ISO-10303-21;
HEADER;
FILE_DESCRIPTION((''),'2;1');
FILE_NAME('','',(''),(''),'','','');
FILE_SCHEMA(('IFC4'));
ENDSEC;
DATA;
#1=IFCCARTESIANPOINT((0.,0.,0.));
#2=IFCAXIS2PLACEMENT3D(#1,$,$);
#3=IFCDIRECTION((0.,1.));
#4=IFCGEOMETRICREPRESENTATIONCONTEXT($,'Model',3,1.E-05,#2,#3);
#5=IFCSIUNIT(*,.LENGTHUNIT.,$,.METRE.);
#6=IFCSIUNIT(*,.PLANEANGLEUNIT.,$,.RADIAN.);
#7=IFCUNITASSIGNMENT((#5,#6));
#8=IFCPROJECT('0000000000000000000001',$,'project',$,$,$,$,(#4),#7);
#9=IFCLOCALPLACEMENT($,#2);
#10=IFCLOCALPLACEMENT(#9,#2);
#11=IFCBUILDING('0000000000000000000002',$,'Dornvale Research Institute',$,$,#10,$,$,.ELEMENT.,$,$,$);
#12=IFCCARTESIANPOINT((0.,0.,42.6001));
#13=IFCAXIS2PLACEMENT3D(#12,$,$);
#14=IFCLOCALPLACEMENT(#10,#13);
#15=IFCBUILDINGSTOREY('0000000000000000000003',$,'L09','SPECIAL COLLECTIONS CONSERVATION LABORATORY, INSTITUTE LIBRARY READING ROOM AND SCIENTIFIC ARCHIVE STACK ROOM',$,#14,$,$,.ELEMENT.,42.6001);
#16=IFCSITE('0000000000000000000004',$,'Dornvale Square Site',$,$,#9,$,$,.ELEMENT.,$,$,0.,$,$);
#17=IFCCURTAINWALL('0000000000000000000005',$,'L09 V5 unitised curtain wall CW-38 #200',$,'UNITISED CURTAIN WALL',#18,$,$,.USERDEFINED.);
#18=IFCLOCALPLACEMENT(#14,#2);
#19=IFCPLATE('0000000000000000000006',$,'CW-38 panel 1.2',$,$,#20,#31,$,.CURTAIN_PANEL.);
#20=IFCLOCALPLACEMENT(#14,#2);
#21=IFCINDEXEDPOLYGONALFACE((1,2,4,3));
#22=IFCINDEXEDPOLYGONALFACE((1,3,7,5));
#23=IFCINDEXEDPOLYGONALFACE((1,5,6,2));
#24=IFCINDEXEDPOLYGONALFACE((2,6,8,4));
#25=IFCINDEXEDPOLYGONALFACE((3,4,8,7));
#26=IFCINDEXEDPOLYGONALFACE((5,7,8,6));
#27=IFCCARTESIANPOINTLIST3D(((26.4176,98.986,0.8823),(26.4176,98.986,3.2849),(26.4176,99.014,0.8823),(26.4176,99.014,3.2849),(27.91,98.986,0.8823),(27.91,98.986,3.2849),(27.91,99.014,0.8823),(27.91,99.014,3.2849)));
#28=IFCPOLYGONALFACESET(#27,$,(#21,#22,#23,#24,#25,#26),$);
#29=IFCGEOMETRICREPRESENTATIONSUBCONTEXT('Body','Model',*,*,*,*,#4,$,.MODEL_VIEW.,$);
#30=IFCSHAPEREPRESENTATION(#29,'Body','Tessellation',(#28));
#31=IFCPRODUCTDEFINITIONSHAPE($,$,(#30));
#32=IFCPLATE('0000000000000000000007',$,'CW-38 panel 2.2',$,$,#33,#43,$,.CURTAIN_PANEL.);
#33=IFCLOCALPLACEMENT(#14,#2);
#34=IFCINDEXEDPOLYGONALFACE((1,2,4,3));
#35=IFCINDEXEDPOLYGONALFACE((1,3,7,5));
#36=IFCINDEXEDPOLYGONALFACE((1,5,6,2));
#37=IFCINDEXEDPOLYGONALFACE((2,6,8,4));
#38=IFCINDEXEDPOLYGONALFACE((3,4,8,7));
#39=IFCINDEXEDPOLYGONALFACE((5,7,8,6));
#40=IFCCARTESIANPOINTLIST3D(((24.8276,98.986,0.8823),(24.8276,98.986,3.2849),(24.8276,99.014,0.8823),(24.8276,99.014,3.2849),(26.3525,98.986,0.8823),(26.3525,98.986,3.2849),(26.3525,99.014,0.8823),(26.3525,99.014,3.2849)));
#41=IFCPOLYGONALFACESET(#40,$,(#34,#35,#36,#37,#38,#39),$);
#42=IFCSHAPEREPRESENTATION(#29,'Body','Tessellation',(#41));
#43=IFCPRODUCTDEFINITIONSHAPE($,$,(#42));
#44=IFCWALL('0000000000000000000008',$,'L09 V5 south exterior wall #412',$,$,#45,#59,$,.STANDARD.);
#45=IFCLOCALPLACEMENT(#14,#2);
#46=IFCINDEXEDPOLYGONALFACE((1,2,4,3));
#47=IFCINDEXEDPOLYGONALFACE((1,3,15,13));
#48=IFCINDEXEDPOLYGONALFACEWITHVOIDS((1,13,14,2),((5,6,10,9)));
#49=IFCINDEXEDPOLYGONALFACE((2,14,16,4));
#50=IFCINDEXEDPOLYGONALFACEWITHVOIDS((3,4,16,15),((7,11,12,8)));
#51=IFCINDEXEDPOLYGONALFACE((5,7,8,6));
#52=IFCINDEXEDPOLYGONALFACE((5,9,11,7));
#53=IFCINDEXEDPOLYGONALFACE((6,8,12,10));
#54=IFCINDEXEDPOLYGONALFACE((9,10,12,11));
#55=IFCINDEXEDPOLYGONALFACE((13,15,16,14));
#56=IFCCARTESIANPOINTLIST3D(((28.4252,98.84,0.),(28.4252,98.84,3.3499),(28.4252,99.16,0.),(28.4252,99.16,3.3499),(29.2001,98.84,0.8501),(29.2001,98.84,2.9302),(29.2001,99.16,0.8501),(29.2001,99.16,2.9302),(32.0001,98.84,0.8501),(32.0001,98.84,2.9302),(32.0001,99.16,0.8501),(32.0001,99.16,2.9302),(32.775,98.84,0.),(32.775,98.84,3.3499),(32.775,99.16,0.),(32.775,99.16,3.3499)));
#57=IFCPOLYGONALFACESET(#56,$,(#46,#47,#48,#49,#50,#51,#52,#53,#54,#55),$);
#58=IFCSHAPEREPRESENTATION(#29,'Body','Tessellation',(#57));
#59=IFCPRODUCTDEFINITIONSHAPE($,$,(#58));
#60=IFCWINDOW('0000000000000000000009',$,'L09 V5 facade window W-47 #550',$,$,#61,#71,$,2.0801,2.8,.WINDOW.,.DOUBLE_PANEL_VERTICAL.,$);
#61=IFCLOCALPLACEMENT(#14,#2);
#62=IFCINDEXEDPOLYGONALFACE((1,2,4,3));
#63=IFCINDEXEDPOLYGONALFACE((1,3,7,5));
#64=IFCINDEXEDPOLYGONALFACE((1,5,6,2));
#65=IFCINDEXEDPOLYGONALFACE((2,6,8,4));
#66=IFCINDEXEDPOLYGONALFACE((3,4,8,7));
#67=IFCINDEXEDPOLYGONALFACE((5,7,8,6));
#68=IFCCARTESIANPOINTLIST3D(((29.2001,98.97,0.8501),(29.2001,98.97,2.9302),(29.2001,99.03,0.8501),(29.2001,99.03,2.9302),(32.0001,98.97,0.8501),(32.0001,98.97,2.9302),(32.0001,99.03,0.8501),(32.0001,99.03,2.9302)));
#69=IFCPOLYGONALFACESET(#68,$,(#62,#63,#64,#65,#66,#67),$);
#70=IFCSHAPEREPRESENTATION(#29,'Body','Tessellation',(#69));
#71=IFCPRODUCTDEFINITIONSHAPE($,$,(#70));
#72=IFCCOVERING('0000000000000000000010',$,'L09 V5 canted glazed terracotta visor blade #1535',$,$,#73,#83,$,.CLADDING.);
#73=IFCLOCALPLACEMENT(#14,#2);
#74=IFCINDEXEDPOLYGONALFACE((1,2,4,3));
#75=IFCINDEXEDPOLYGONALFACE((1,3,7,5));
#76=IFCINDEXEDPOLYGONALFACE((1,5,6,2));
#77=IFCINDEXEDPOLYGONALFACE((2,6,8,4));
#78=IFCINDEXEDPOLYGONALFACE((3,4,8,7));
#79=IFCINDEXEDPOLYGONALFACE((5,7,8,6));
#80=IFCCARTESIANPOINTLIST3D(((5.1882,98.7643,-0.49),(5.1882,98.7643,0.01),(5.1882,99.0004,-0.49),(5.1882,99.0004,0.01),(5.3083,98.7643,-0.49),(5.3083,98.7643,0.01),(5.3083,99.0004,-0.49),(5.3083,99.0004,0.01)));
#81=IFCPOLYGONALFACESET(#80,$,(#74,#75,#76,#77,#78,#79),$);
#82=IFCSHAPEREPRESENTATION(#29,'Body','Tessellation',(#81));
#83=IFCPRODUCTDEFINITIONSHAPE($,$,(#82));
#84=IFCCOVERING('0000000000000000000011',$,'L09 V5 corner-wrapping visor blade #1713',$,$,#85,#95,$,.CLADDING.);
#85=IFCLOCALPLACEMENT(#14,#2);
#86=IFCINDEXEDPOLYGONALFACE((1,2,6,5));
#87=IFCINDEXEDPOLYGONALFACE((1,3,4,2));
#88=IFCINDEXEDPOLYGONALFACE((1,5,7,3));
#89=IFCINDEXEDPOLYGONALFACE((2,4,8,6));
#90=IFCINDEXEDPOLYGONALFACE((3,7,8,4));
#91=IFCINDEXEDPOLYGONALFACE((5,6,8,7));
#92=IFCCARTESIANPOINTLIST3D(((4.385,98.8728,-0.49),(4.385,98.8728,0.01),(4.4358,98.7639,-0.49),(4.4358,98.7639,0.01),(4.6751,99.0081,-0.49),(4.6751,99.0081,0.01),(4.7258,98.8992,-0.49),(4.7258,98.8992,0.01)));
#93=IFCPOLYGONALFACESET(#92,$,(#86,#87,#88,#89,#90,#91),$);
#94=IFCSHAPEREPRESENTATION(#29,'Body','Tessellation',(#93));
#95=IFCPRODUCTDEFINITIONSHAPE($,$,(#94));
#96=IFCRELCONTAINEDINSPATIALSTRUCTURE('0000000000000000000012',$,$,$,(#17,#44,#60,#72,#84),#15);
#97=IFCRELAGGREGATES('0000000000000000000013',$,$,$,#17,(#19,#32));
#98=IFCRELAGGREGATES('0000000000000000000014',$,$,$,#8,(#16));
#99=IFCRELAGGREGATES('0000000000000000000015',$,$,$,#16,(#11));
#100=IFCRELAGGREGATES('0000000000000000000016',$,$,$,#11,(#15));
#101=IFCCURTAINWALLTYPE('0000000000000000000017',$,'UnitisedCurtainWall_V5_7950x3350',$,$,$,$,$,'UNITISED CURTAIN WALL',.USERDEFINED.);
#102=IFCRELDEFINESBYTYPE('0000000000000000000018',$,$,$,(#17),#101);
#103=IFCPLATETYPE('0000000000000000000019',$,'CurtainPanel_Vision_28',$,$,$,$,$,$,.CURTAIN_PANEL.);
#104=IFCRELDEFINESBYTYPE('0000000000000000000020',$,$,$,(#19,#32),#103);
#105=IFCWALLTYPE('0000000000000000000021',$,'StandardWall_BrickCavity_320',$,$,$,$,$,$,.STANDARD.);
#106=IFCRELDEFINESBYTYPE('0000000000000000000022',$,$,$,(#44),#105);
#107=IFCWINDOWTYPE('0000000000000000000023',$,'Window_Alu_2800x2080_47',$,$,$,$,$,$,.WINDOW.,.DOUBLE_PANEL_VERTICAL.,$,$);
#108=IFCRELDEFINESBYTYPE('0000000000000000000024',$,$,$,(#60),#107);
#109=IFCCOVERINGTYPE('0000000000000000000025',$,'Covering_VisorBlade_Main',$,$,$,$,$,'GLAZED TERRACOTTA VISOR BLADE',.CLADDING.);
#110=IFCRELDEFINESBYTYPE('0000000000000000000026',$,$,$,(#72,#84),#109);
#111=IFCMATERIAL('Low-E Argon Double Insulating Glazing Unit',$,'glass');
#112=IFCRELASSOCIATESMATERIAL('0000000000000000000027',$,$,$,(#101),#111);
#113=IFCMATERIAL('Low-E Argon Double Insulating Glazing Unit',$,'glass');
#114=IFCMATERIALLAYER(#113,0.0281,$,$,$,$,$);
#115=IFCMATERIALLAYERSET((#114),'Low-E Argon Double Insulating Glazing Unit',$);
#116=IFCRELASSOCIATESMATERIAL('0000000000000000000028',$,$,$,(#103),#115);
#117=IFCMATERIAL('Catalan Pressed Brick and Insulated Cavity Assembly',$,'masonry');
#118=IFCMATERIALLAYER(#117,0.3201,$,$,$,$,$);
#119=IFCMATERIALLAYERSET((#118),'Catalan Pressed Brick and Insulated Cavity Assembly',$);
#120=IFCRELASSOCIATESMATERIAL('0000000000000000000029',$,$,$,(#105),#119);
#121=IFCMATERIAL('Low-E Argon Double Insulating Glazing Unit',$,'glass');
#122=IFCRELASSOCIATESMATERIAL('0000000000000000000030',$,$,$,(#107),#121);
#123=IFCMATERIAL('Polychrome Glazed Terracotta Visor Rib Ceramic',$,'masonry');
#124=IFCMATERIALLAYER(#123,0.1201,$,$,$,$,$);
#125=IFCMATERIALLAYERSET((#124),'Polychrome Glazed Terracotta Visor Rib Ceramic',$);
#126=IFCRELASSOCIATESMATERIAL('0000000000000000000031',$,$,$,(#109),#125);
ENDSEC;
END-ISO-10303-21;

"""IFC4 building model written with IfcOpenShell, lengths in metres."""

from ifc_helpers import new_model, si_unit, direction, frame, frame_2d, origin, origin_2d, place, context, subcontext, project, spatial, rectangle, extrude, material, layer, layer_set, type_object, element, fill, aggregate, save


model = new_model("IFC4")

# Units and contexts
model_context = context("Model", 3, precision=1e-05, world=origin(), true_north=direction((0.0, 1.0)))
body_context = subcontext(model_context, "Body", "Model", "MODEL_VIEW")
ifc_project = project(units=[si_unit("LENGTHUNIT", "METRE"), si_unit("PLANEANGLEUNIT", "RADIAN")], contexts=[model_context])

# Site, building, storey
site_placement = place(None, origin())
site = spatial("IfcSite", under=ifc_project, at=site_placement, Name="Dornvale Square Site", CompositionType="ELEMENT", RefElevation=0.0)
building_placement = place(site_placement, origin())
building = spatial("IfcBuilding", under=site, at=building_placement, Name="Dornvale Research Institute", CompositionType="ELEMENT")
storey_placement = place(building_placement, frame((0.0, 0.0, 42.6001)))
storey = spatial("IfcBuildingStorey", under=building, at=storey_placement, Name="L09", Description="SPECIAL COLLECTIONS CONSERVATION LABORATORY, INSTITUTE LIBRARY READING ROOM AND SCIENTIFIC ARCHIVE STACK ROOM", CompositionType="ELEMENT", Elevation=42.6001)

# Curtain wall
ifc_material_1 = material(Name="Low-E Argon Double Insulating Glazing Unit", Category="glass")
curtain_wall_type = type_object("IfcCurtainWallType", Name="UnitisedCurtainWall_V5_7950x3350", ElementType="UNITISED CURTAIN WALL", PredefinedType="USERDEFINED", material=ifc_material_1)
curtain_wall_placement = place(storey_placement, origin())
curtain_wall = element("IfcCurtainWall", 1, at=curtain_wall_placement, inside=storey, type_object=curtain_wall_type, Name="L09 V5 unitised curtain wall CW-38 #200", ObjectType="UNITISED CURTAIN WALL", PredefinedType="USERDEFINED")

# Plates
ifc_material_2 = material(Name="Low-E Argon Double Insulating Glazing Unit", Category="glass")
ifc_layer_1 = layer(ifc_material_2, 0.0281)
ifc_layer_set_1 = layer_set([ifc_layer_1], Name="Low-E Argon Double Insulating Glazing Unit")
plate_type_1 = type_object("IfcPlateType", Name="CurtainPanel_Vision_28", PredefinedType="CURTAIN_PANEL", material=ifc_layer_set_1)
plate_1_placement = place(storey_placement, frame((27.1638, 99.0, 0.8823), z_axis=(0.0, 0.0, 1.0), x_axis=(-1.0, 0.0, 0.0)))
plate_1 = element("IfcPlate", 2, at=plate_1_placement, type_object=plate_type_1, Name="CW-38 panel 1.2", PredefinedType="CURTAIN_PANEL", context=body_context, shape_type="SweptSolid", body=[
    extrude(rectangle(XDim=1.4924, YDim=0.0281, at=origin_2d()), origin(), (0.0, 0.0, 1.0), 2.4026),
])
plate_2_placement = place(storey_placement, frame((25.5901, 99.0, 0.8823), z_axis=(0.0, 0.0, 1.0), x_axis=(-1.0, 0.0, 0.0)))
plate_2 = element("IfcPlate", 3, at=plate_2_placement, type_object=plate_type_1, Name="CW-38 panel 2.2", PredefinedType="CURTAIN_PANEL", context=body_context, shape_type="SweptSolid", body=[
    extrude(rectangle(XDim=1.5249, YDim=0.0281, at=origin_2d()), origin(), (0.0, 0.0, 1.0), 2.4026),
])
aggregate(curtain_wall, [plate_1, plate_2])

# Wall, opening, window
ifc_material_3 = material(Name="Catalan Pressed Brick and Insulated Cavity Assembly", Category="masonry")
ifc_layer_2 = layer(ifc_material_3, 0.3201)
ifc_layer_set_2 = layer_set([ifc_layer_2], Name="Catalan Pressed Brick and Insulated Cavity Assembly")
wall_type = type_object("IfcWallType", Name="StandardWall_BrickCavity_320", PredefinedType="STANDARD", material=ifc_layer_set_2)
wall_placement = place(storey_placement, frame((32.7749, 99.0, 0.0), z_axis=(0.0, 0.0, 1.0), x_axis=(-1.0, 0.0, 0.0)))
wall = element("IfcWall", 4, at=wall_placement, inside=storey, type_object=wall_type, Name="L09 V5 south exterior wall #412", PredefinedType="STANDARD", context=body_context, shape_type="SweptSolid", body=[
    extrude(rectangle(XDim=4.3499, YDim=0.3201, at=frame_2d((2.1748, 0.0))), origin(), (0.0, 0.0, 1.0), 3.3499),
])
opening_placement = place(wall_placement, frame((0.7749, 0.0, 0.8501)))
opening = element("IfcOpeningElement", 5, at=opening_placement, cuts=wall, PredefinedType="OPENING", context=body_context, shape_type="SweptSolid", body=[
    extrude(rectangle(XDim=2.8, YDim=2.0801, at=frame_2d((1.3999, 1.04))), frame((0.0, 0.175, 0.0), z_axis=(0.0, -1.0, 0.0), x_axis=(1.0, 0.0, 0.0)), (0.0, 0.0, 1.0), 0.3501),
])
ifc_material_4 = material(Name="Low-E Argon Double Insulating Glazing Unit", Category="glass")
window_type = type_object("IfcWindowType", Name="Window_Alu_2800x2080_47", PartitioningType="DOUBLE_PANEL_VERTICAL", PredefinedType="WINDOW", material=ifc_material_4)
window_placement = place(opening_placement, origin())
window = element("IfcWindow", 6, at=window_placement, inside=storey, type_object=window_type, Name="L09 V5 facade window W-47 #550", OverallHeight=2.0801, OverallWidth=2.8, PartitioningType="DOUBLE_PANEL_VERTICAL", PredefinedType="WINDOW", context=body_context, shape_type="SweptSolid", body=[
    extrude(rectangle(XDim=2.8, YDim=2.0801, at=frame_2d((1.3999, 1.04))), frame((0.0, 0.03, 0.0), z_axis=(0.0, -1.0, 0.0), x_axis=(1.0, 0.0, 0.0)), (0.0, 0.0, 1.0), 0.0601),
])
fill(opening, window)

# Coverings
ifc_material_5 = material(Name="Polychrome Glazed Terracotta Visor Rib Ceramic", Category="masonry")
ifc_layer_3 = layer(ifc_material_5, 0.1201)
ifc_layer_set_3 = layer_set([ifc_layer_3], Name="Polychrome Glazed Terracotta Visor Rib Ceramic")
covering_type = type_object("IfcCoveringType", Name="Covering_VisorBlade_Main", ElementType="GLAZED TERRACOTTA VISOR BLADE", PredefinedType="CLADDING", material=ifc_layer_set_3)
covering_1_placement = place(storey_placement, frame((5.2483, 98.8823, -0.49), z_axis=(0.0, 0.0, 1.0), x_axis=(0.0, 1.0, 0.0)))
element("IfcCovering", 7, at=covering_1_placement, inside=storey, type_object=covering_type, Name="L09 V5 canted glazed terracotta visor blade #1535", PredefinedType="CLADDING", context=body_context, shape_type="SweptSolid", body=[
    extrude(rectangle(XDim=0.2361, YDim=0.1201, at=origin_2d()), origin(), (0.0, 0.0, 1.0), 0.5),
])
covering_2_placement = place(storey_placement, frame((4.5554, 98.886, -0.49), z_axis=(0.0, 0.0, 1.0), x_axis=(-0.906308, -0.422618, 0.0)))
element("IfcCovering", 8, at=covering_2_placement, inside=storey, type_object=covering_type, Name="L09 V5 corner-wrapping visor blade #1713", PredefinedType="CLADDING", context=body_context, shape_type="SweptSolid", body=[
    extrude(rectangle(XDim=0.3201, YDim=0.1201, at=origin_2d()), origin(), (0.0, 0.0, 1.0), 0.5),
])

save(model, "model.ifc")
